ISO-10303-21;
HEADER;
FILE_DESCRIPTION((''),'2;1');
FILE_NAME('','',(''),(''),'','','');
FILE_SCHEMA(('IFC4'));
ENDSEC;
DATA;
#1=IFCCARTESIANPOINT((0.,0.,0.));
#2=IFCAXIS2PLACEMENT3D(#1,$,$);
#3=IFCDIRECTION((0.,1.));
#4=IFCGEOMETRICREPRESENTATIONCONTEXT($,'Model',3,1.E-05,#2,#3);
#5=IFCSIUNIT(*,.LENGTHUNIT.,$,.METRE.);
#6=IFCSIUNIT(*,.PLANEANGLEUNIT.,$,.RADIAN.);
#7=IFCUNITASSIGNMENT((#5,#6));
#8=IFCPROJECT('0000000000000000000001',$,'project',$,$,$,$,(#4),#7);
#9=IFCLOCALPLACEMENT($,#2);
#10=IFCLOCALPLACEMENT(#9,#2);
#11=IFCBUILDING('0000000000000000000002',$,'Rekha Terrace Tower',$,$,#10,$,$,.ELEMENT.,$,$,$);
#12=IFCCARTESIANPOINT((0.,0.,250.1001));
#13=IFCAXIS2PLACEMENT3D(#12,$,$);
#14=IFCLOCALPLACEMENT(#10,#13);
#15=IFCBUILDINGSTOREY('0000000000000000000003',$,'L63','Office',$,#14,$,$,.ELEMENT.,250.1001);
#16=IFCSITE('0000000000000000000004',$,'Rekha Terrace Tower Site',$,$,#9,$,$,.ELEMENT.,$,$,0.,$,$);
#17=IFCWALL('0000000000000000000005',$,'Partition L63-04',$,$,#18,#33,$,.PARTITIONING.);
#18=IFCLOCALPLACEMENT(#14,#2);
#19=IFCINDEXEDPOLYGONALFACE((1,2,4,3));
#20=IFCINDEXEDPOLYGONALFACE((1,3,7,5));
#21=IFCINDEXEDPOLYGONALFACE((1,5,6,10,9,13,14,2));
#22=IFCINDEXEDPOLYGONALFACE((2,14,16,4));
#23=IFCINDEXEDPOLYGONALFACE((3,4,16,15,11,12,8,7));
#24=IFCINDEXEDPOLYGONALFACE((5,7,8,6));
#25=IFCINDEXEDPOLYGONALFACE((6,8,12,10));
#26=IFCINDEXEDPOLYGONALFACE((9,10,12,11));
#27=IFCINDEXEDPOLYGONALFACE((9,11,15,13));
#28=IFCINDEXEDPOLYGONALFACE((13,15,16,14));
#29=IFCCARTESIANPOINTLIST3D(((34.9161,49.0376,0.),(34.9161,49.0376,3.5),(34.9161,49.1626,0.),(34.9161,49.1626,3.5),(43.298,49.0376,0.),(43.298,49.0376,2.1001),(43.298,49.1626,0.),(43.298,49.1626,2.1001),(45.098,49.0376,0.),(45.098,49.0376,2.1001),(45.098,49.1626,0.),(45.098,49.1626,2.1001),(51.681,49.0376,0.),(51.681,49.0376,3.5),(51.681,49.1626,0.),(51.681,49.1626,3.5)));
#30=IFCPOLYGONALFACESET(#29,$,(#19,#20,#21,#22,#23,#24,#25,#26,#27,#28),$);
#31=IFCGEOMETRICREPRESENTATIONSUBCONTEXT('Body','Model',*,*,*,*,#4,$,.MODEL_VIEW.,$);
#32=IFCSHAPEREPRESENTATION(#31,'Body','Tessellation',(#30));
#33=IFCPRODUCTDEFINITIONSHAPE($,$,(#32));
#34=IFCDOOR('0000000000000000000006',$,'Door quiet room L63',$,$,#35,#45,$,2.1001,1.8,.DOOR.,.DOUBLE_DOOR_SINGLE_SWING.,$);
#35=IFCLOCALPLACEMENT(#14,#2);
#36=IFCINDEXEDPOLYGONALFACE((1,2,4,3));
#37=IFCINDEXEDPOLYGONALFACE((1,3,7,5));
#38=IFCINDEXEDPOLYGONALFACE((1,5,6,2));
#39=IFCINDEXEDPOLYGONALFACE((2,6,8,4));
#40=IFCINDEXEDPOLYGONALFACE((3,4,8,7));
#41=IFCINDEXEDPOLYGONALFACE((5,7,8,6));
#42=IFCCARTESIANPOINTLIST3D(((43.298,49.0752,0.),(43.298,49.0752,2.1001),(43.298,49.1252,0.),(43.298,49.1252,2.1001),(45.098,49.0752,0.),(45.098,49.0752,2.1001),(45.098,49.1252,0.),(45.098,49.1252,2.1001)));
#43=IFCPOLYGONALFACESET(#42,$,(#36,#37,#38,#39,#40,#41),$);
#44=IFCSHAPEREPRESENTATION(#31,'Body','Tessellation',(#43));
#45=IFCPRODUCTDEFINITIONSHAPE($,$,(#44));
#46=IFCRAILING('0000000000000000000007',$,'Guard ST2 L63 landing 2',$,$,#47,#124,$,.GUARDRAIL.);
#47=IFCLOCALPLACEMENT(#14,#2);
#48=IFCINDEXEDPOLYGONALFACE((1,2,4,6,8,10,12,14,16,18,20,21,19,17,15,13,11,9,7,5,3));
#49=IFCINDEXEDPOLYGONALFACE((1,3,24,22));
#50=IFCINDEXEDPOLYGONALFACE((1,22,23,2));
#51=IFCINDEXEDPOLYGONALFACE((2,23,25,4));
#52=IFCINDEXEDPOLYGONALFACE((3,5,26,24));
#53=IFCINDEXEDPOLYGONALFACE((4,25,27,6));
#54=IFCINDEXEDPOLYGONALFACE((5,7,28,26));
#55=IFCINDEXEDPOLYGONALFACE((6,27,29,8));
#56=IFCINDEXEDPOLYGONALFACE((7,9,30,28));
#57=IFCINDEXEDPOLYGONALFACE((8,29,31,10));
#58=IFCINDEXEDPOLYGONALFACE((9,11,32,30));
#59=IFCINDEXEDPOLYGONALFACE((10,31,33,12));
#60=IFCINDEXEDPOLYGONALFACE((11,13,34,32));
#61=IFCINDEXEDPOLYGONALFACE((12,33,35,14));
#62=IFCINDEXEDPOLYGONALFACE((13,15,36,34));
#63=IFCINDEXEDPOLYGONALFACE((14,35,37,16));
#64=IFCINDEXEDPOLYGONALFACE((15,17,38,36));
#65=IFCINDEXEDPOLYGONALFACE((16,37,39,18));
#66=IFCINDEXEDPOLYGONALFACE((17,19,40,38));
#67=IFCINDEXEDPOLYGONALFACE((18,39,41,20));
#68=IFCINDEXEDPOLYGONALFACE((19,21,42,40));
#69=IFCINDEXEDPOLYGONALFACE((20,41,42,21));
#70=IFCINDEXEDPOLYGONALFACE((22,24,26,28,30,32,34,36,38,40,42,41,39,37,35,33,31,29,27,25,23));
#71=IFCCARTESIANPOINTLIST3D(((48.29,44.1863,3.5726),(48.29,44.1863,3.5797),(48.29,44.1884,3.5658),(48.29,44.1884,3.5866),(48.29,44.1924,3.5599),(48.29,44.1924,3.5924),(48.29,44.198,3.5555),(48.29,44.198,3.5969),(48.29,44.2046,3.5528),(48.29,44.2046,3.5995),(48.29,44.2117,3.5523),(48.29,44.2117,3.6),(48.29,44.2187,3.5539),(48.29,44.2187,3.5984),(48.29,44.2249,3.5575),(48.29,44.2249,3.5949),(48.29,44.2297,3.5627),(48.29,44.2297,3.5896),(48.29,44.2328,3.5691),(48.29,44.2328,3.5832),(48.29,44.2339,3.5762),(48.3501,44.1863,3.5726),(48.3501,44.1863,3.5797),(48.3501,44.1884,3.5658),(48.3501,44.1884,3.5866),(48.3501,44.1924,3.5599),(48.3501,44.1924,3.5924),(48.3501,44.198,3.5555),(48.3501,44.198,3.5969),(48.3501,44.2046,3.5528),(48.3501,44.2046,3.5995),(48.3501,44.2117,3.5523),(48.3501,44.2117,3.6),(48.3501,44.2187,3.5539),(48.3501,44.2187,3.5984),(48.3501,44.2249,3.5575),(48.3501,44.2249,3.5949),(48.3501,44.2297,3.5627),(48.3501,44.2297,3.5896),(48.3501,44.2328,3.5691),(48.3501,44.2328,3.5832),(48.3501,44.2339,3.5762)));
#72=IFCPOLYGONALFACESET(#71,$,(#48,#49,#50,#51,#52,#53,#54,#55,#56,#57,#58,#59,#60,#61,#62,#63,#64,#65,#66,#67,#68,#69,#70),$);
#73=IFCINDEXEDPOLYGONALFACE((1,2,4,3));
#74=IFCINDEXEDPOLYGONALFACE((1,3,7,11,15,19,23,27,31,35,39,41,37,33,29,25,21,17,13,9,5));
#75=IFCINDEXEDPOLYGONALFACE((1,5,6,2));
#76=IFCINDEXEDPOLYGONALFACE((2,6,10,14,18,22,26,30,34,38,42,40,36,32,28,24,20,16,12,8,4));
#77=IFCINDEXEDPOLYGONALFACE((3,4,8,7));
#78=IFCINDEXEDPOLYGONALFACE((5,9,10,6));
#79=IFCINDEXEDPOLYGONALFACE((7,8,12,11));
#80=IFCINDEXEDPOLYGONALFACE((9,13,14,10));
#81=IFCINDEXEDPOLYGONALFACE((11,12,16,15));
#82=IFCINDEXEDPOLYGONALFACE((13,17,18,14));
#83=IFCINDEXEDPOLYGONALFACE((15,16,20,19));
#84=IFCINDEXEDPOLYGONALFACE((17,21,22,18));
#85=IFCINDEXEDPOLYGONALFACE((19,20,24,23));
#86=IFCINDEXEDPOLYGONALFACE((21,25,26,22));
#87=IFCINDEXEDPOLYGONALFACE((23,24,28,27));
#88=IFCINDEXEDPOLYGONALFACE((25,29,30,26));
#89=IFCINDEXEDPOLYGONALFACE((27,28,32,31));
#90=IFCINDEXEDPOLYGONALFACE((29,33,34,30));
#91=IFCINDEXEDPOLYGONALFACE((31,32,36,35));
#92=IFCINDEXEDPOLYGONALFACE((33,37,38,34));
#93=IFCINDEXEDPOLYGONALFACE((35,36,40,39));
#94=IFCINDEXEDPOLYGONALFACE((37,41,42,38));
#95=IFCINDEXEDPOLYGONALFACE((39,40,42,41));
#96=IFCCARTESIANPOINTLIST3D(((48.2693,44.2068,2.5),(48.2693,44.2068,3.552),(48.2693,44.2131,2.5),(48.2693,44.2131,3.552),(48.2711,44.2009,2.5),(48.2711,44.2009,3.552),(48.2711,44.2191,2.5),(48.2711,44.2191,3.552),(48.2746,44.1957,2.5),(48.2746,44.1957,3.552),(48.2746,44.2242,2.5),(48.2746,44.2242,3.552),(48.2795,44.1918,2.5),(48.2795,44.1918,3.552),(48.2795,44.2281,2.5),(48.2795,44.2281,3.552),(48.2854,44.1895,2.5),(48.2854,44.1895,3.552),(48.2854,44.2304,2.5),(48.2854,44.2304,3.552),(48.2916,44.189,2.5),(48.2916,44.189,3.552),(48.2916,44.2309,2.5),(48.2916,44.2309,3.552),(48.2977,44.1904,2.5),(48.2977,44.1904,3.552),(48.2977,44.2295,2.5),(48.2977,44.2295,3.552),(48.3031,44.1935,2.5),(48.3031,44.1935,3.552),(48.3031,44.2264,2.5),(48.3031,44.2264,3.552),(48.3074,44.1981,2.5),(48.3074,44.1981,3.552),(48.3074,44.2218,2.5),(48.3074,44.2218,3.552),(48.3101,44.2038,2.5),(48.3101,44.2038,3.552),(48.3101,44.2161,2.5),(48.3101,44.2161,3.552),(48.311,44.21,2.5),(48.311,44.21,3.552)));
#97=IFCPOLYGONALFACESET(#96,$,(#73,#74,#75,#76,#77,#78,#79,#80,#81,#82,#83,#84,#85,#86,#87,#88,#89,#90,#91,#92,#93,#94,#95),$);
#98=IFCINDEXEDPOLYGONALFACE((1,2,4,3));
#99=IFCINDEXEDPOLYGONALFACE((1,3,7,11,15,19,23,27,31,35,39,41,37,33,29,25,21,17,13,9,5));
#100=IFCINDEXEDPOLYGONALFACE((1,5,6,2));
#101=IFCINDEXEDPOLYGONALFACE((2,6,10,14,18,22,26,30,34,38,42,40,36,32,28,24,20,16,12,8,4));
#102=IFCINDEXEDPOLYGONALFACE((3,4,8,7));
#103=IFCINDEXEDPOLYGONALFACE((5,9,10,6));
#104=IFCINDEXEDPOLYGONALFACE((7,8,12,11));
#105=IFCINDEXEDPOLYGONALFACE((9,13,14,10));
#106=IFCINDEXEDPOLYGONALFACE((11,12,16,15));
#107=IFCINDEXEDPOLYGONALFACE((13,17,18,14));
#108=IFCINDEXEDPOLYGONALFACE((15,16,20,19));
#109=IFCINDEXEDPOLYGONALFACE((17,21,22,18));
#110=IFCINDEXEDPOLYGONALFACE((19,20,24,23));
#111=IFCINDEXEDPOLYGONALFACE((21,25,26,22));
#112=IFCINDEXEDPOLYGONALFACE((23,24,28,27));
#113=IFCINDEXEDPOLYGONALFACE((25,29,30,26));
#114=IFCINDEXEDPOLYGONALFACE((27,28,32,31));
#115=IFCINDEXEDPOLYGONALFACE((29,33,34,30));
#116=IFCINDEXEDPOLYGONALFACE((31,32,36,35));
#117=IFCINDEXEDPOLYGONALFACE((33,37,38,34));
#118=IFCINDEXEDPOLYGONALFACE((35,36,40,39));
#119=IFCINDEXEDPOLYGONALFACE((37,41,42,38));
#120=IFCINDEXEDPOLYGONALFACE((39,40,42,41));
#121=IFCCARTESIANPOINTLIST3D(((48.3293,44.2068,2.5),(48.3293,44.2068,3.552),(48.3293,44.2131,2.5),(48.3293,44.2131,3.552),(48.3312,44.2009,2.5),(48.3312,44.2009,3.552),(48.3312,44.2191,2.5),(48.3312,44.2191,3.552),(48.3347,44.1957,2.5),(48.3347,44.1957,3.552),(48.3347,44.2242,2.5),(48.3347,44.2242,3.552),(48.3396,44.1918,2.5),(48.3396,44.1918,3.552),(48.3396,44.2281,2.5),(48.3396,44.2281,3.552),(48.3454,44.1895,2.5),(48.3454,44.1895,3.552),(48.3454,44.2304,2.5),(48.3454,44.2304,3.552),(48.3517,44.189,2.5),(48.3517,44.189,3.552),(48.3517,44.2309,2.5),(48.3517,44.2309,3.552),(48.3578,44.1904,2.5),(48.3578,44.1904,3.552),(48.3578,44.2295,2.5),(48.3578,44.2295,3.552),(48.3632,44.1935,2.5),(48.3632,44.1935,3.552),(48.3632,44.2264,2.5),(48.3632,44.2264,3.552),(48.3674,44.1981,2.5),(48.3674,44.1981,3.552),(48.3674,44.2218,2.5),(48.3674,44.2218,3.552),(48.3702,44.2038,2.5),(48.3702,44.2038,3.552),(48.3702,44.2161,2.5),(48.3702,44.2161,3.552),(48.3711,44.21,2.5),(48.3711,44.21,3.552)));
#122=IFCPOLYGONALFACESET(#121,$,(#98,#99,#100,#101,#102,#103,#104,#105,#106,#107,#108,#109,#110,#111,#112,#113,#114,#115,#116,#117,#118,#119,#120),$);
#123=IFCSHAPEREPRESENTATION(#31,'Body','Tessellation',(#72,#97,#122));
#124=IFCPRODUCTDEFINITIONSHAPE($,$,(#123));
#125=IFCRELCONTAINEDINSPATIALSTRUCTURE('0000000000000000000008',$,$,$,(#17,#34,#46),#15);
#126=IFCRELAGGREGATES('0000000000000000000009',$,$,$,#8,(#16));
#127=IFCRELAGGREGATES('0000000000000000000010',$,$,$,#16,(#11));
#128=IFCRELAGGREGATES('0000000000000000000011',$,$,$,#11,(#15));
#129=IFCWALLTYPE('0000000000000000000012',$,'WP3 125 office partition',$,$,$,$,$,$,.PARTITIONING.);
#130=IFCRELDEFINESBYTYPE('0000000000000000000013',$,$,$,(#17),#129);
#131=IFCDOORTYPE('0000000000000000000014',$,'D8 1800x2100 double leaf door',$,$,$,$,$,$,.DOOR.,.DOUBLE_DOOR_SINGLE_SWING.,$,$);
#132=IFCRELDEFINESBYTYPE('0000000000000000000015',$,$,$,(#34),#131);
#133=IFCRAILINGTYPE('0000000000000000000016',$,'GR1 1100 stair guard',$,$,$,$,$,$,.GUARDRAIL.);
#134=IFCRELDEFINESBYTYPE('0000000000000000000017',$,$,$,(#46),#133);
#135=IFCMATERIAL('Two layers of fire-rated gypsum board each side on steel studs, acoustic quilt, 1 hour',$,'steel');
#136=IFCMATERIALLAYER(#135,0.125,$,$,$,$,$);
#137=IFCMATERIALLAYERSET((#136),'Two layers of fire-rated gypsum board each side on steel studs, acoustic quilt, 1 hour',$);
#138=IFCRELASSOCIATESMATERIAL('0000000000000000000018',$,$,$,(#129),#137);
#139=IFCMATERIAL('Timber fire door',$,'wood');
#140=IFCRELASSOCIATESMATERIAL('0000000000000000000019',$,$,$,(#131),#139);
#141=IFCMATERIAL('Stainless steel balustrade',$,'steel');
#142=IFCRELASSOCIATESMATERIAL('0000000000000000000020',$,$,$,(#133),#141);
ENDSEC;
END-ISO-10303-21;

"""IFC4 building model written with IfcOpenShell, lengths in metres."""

from ifc_helpers import new_model, si_unit, direction, frame, frame_2d, origin, origin_2d, place, context, subcontext, project, spatial, rectangle, circle, extrude, material, layer, layer_set, type_object, element, fill, save


model = new_model("IFC4")

# Units and contexts
model_context = context("Model", 3, precision=1e-05, world=origin(), true_north=direction((0.0, 1.0)))
body_context = subcontext(model_context, "Body", "Model", "MODEL_VIEW")
ifc_project = project(units=[si_unit("LENGTHUNIT", "METRE"), si_unit("PLANEANGLEUNIT", "RADIAN")], contexts=[model_context])

# Site, building, storey
site_placement = place(None, origin())
site = spatial("IfcSite", under=ifc_project, at=site_placement, Name="Rekha Terrace Tower Site", CompositionType="ELEMENT", RefElevation=0.0)
building_placement = place(site_placement, origin())
building = spatial("IfcBuilding", under=site, at=building_placement, Name="Rekha Terrace Tower", CompositionType="ELEMENT")
storey_placement = place(building_placement, frame((0.0, 0.0, 250.1001)))
storey = spatial("IfcBuildingStorey", under=building, at=storey_placement, Name="L63", Description="Office", CompositionType="ELEMENT", Elevation=250.1001)

# Shared definitions
ifc_material_1 = material(Name="Two layers of fire-rated gypsum board each side on steel studs, acoustic quilt, 1 hour", Category="steel")
ifc_layer_1 = layer(ifc_material_1, 0.125)
ifc_layer_set_1 = layer_set([ifc_layer_1], Name="Two layers of fire-rated gypsum board each side on steel studs, acoustic quilt, 1 hour")
wall_type_1 = type_object("IfcWallType", Name="WP3 125 office partition", PredefinedType="PARTITIONING", material=ifc_layer_set_1)

# Wall, opening, door
ifc_material_2 = material(Name="Timber fire door", Category="wood")
door_type = type_object("IfcDoorType", Name="D8 1800x2100 double leaf door", OperationType="DOUBLE_DOOR_SINGLE_SWING", PredefinedType="DOOR", material=ifc_material_2)
wall_1_placement = place(storey_placement, frame((51.6809, 49.1001, 0.0), z_axis=(0.0, 0.0, 1.0), x_axis=(-1.0, 0.0, 0.0)))
wall_1 = element("IfcWall", 1, at=wall_1_placement, inside=storey, type_object=wall_type_1, Name="Partition L63-04", PredefinedType="PARTITIONING", context=body_context, shape_type="SweptSolid", body=[
    extrude(rectangle(XDim=16.7649, YDim=0.125, at=frame_2d((8.3823, 0.0))), origin(), (0.0, 0.0, 1.0), 3.5),
])
opening_1_placement = place(wall_1_placement, frame((6.583, 0.0, 0.0)))
opening_1 = element("IfcOpeningElement", 2, at=opening_1_placement, cuts=wall_1, PredefinedType="OPENING", context=body_context, shape_type="SweptSolid", body=[
    extrude(rectangle(XDim=1.8, YDim=2.1001, at=frame_2d((0.8999, 1.05))), frame((0.0, 0.0725, 0.0), z_axis=(0.0, -1.0, 0.0), x_axis=(1.0, 0.0, 0.0)), (0.0, 0.0, 1.0), 0.145),
])
door_1_placement = place(opening_1_placement, origin())
door_1 = element("IfcDoor", 3, at=door_1_placement, inside=storey, type_object=door_type, Name="Door quiet room L63", OperationType="DOUBLE_DOOR_SINGLE_SWING", OverallHeight=2.1001, OverallWidth=1.8, PredefinedType="DOOR", context=body_context, shape_type="SweptSolid", body=[
    extrude(rectangle(XDim=1.8, YDim=2.1001, at=frame_2d((0.8999, 1.05))), frame((0.0, 0.0249, 0.0), z_axis=(0.0, -1.0, 0.0), x_axis=(1.0, 0.0, 0.0)), (0.0, 0.0, 1.0), 0.05),
])
fill(opening_1, door_1)

# Railing
ifc_material_3 = material(Name="Stainless steel balustrade", Category="steel")
railing_type_1 = type_object("IfcRailingType", Name="GR1 1100 stair guard", PredefinedType="GUARDRAIL", material=ifc_material_3)
railing_1_placement = place(storey_placement, frame((48.29, 44.21, 2.5)))
element("IfcRailing", 4, at=railing_1_placement, inside=storey, type_object=railing_type_1, Name="Guard ST2 L63 landing 2", PredefinedType="GUARDRAIL", context=body_context, shape_type="SweptSolid", body=[
    extrude(circle(Radius=0.0239, at=origin_2d()), frame((0.0, 0.0, 1.0762), z_axis=(1.0, 0.0, 0.0), x_axis=(0.0, 1.0, 0.0)), (0.0, 0.0, 1.0), 0.0601),
    extrude(circle(Radius=0.021, at=origin_2d()), origin(), (0.0, 0.0, 1.0), 1.052),
    extrude(circle(Radius=0.021, at=origin_2d()), frame((0.0601, 0.0, 0.0)), (0.0, 0.0, 1.0), 1.052),
])

save(model, "model.ifc")
